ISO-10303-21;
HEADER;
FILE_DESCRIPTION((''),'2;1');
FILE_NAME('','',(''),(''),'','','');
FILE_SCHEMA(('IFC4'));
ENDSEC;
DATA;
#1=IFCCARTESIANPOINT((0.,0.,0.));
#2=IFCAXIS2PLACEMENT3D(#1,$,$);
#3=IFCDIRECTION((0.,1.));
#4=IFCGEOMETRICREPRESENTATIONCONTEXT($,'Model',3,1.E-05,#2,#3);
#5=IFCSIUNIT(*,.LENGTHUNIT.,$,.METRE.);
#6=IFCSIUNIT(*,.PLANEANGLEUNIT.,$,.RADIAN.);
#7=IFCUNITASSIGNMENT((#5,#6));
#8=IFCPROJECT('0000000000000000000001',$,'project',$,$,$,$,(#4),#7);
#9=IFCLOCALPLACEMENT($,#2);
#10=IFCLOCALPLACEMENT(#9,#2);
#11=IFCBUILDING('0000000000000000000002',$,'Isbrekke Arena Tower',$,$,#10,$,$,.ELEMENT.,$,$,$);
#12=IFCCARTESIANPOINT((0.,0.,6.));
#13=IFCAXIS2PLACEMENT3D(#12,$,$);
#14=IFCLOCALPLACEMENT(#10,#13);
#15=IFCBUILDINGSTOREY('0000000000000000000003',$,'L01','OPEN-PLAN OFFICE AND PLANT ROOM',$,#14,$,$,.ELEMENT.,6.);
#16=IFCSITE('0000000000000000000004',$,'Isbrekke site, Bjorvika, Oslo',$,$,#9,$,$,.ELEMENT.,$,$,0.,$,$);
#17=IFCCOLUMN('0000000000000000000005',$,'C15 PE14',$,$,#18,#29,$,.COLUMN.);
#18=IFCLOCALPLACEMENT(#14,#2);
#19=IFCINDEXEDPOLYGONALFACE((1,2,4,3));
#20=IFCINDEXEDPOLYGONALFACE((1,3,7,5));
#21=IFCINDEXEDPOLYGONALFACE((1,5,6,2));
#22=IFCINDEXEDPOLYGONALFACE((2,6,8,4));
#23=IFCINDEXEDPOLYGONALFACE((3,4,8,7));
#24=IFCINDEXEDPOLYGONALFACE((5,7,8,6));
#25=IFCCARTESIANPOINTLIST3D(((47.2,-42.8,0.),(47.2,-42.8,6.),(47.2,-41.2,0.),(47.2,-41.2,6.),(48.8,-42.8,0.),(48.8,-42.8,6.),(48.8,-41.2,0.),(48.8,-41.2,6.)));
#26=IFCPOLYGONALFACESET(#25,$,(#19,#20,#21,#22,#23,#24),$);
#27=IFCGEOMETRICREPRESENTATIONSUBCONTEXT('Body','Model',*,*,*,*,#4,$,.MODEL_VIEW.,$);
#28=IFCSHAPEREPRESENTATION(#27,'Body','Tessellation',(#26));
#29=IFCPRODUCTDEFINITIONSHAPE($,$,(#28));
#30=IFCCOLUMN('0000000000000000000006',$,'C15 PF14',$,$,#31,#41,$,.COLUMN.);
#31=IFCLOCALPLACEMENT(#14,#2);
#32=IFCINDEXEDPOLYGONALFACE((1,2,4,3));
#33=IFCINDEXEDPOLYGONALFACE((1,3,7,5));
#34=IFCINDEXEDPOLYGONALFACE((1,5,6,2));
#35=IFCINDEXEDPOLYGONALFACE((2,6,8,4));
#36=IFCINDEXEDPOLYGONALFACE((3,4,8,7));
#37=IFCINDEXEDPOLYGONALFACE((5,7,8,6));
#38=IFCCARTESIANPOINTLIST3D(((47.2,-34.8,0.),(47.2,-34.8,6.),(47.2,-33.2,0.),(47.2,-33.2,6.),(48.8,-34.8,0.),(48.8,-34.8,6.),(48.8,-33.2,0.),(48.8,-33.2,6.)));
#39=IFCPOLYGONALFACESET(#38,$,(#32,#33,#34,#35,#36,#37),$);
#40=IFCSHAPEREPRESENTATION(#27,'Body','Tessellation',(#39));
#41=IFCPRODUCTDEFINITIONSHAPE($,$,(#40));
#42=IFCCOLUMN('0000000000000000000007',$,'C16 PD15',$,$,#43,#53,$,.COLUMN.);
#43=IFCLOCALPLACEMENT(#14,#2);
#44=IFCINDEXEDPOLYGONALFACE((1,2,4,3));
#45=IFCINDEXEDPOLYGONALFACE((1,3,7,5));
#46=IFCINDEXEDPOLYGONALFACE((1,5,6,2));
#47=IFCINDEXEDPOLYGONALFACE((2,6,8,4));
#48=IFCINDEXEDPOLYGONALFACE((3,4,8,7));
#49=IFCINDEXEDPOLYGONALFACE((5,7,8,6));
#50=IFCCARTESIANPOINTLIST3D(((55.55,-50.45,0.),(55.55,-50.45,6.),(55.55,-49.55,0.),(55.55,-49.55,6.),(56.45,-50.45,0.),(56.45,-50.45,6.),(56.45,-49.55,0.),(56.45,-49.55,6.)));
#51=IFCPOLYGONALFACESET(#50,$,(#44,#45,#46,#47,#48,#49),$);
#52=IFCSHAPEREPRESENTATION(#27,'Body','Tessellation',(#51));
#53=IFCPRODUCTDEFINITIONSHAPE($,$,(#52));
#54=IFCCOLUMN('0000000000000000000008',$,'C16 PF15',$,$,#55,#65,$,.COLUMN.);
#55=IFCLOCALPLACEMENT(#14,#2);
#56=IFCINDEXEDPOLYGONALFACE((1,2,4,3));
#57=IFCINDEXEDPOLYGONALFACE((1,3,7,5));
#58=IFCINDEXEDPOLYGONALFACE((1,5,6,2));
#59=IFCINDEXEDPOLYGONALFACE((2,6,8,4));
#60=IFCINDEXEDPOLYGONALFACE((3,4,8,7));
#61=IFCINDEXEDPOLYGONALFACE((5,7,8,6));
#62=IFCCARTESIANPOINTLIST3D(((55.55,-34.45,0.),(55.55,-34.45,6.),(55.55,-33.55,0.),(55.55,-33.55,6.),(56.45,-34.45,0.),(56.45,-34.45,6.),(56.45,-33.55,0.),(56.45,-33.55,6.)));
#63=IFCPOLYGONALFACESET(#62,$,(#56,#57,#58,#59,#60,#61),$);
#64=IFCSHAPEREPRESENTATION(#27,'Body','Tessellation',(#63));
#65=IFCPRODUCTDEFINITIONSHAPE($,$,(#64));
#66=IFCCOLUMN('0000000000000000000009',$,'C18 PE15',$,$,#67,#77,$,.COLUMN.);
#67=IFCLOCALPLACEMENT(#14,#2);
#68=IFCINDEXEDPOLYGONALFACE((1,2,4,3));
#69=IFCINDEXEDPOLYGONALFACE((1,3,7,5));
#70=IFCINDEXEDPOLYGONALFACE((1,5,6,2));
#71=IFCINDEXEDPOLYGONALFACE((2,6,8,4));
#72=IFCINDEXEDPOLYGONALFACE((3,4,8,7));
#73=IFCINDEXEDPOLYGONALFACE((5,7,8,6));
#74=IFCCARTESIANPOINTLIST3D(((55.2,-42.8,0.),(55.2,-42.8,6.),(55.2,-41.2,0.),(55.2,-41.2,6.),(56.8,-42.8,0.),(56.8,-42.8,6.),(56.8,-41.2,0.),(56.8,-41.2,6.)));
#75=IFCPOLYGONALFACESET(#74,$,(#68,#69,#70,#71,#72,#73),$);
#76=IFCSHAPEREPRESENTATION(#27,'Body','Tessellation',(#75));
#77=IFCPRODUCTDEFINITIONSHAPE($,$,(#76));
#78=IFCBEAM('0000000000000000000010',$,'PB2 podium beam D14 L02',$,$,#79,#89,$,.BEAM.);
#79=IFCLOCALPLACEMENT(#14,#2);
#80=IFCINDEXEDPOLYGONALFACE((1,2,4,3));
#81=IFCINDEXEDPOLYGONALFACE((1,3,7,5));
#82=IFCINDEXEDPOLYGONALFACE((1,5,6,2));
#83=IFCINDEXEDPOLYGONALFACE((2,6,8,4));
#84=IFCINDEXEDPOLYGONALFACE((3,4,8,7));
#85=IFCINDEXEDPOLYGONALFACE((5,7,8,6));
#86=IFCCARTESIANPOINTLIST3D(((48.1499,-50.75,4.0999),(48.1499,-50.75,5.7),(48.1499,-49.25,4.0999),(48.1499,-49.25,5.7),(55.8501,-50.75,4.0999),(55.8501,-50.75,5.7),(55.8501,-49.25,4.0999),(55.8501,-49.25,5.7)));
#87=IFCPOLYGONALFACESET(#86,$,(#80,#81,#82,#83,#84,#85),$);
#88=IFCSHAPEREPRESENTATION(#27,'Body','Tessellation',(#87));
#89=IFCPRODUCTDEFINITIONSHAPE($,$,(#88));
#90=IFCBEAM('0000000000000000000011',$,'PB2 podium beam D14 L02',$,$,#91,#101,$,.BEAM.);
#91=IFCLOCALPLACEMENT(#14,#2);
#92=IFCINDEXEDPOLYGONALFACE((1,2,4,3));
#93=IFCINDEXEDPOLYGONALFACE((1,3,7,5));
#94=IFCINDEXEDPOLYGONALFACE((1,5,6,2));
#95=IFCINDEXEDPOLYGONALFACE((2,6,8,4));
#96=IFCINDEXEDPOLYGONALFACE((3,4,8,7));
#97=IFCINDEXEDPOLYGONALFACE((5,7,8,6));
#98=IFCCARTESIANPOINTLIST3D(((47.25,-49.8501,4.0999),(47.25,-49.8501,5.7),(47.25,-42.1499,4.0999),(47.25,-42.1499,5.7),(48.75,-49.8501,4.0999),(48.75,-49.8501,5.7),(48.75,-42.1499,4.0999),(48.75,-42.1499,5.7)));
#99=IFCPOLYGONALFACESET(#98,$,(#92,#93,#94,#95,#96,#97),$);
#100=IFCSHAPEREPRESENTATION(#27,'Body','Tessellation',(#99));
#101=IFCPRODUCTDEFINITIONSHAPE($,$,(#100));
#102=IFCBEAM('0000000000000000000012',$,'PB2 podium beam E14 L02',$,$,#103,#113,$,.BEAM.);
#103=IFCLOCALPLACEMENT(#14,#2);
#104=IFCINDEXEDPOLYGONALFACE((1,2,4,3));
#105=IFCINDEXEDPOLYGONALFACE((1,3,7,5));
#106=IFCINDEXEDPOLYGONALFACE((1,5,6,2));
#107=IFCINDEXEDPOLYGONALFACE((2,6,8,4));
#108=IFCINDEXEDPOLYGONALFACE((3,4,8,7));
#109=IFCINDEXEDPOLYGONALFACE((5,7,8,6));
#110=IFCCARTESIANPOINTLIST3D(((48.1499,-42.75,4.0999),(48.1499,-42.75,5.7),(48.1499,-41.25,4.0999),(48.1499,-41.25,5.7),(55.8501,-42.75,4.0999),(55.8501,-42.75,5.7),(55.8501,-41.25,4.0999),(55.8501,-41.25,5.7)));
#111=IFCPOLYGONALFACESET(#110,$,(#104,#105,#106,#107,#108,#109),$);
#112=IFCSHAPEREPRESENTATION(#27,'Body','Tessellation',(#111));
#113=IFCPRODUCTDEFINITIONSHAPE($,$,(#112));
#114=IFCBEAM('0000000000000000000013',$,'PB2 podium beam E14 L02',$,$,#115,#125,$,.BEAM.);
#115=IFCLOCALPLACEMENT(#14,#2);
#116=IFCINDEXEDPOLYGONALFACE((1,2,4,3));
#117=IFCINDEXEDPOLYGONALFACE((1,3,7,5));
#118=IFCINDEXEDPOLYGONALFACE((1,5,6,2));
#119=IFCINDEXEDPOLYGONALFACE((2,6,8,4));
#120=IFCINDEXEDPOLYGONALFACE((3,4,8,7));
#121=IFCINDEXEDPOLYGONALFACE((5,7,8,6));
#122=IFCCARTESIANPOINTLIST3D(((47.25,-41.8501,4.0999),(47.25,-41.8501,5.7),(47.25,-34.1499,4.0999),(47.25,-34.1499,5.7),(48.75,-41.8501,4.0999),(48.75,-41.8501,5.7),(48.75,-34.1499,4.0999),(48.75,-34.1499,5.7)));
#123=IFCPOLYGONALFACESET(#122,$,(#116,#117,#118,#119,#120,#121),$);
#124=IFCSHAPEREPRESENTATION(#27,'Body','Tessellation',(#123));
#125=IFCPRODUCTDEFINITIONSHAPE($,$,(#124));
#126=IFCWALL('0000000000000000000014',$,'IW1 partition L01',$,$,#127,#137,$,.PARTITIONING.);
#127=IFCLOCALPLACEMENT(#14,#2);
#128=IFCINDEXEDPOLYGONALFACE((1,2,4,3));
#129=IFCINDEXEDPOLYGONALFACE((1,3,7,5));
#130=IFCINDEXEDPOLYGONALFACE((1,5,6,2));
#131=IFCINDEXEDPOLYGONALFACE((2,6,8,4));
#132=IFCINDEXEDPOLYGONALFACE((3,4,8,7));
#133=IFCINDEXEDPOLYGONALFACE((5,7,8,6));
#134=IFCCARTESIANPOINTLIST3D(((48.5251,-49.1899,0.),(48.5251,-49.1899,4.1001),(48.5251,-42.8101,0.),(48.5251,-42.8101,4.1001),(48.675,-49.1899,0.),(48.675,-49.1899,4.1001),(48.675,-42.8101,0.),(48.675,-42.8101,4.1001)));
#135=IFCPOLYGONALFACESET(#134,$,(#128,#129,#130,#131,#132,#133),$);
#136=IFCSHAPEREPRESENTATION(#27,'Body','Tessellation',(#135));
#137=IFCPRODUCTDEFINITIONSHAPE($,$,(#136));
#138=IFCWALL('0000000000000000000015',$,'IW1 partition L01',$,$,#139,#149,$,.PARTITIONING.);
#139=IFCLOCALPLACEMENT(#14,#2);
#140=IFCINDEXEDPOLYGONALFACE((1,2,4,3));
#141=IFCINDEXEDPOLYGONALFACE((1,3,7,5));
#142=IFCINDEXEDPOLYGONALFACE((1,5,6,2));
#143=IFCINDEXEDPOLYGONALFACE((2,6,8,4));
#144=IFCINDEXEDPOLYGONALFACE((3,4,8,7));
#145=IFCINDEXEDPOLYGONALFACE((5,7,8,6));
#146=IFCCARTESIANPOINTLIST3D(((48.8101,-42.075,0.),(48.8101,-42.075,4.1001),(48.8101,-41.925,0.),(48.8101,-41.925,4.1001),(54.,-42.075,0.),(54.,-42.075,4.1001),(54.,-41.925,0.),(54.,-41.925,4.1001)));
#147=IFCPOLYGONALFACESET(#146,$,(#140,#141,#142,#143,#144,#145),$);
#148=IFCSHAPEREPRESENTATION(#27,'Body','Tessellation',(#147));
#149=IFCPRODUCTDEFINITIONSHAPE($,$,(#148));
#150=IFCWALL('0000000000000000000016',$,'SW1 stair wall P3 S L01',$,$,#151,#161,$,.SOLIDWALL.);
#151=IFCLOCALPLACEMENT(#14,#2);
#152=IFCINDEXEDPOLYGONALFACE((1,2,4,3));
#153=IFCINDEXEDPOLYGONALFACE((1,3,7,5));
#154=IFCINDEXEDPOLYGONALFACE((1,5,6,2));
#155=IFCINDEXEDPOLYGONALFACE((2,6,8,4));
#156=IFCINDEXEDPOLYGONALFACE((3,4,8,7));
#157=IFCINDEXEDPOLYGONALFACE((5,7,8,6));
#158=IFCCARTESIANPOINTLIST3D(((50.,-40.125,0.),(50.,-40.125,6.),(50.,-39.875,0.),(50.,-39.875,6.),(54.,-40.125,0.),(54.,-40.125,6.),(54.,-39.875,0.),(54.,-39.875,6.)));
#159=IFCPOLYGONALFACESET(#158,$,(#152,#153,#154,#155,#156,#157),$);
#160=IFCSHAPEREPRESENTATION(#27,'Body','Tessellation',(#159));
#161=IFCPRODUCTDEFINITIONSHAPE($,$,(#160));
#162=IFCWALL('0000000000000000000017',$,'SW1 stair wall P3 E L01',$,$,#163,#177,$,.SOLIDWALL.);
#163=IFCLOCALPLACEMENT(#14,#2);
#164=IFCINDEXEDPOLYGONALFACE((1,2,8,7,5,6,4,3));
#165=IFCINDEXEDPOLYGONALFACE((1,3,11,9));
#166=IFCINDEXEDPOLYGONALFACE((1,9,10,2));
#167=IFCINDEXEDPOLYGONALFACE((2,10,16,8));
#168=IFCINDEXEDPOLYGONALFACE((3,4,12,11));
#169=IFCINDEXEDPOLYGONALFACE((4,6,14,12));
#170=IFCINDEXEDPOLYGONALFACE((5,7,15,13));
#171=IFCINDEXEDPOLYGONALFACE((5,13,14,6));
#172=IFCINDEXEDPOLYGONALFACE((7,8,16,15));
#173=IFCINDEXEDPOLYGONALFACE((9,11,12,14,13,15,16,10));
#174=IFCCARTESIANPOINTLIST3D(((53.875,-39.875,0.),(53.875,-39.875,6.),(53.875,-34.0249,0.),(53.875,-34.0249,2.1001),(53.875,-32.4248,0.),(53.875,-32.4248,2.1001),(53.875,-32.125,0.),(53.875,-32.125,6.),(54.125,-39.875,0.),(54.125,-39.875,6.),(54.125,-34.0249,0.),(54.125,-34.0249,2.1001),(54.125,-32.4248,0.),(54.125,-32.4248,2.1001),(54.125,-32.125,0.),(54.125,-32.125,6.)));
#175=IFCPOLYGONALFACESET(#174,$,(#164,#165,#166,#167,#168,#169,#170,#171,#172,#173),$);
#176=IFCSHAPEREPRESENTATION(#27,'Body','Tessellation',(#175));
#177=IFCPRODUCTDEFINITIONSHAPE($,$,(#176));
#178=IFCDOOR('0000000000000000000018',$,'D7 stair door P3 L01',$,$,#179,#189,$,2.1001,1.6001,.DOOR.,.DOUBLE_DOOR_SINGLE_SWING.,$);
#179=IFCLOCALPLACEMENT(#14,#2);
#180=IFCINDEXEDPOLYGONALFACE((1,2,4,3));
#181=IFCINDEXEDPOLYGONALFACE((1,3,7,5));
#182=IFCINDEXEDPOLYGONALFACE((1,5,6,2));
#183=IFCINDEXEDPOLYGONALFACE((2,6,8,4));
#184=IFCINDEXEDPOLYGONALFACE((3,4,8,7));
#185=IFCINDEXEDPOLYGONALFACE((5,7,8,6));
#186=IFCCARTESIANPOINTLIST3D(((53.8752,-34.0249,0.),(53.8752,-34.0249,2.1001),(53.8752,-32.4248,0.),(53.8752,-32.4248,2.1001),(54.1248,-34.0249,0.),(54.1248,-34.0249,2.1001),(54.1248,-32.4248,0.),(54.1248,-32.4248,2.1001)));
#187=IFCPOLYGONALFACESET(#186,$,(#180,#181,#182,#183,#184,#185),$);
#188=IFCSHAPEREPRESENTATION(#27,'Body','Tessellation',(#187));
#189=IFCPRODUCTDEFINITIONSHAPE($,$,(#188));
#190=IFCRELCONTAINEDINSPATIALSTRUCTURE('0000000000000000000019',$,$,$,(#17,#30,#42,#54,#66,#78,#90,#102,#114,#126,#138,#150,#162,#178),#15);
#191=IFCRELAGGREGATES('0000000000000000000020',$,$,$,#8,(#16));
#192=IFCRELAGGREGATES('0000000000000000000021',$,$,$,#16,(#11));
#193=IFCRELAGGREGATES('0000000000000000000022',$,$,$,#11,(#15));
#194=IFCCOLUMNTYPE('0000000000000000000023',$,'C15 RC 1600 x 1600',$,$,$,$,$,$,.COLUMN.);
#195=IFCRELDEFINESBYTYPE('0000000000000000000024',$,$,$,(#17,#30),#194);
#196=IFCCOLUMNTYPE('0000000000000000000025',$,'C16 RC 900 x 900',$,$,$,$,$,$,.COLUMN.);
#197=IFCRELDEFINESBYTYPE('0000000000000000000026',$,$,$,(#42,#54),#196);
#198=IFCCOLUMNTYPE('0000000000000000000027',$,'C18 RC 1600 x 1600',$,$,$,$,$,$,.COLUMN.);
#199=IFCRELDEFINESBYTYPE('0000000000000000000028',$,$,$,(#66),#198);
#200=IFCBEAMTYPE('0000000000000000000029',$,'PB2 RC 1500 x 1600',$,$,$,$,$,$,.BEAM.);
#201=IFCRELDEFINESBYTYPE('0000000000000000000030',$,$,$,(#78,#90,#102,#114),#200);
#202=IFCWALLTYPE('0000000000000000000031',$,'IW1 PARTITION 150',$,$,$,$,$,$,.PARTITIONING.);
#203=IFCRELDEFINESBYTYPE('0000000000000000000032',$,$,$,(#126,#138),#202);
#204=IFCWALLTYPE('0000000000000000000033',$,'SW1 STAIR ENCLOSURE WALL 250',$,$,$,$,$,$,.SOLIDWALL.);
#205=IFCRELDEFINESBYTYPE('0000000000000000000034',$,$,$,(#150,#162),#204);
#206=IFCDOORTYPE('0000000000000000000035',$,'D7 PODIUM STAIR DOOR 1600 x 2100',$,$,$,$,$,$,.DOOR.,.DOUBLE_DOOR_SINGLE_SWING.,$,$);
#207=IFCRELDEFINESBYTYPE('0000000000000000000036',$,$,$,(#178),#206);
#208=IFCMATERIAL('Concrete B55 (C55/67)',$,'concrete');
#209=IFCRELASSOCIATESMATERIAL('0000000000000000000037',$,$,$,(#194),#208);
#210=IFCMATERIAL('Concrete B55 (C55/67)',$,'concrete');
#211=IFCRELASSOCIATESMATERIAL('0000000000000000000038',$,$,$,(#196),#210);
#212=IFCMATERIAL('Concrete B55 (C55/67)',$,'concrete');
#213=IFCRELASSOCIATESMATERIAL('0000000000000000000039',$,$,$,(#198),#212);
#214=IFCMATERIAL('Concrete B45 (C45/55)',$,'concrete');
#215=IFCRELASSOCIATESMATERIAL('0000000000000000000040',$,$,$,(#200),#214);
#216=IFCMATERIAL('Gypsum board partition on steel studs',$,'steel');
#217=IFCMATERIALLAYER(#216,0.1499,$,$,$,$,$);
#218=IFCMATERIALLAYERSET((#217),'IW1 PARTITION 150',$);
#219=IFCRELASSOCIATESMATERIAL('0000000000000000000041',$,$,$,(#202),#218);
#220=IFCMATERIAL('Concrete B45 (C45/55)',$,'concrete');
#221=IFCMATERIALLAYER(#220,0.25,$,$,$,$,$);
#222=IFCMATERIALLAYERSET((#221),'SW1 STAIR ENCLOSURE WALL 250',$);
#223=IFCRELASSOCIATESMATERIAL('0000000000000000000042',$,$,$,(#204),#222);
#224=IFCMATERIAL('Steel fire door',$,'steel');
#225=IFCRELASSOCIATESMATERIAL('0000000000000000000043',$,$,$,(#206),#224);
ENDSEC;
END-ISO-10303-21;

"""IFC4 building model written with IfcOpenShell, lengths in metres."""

from ifc_helpers import new_model, si_unit, direction, frame, frame_2d, origin, origin_2d, place, context, subcontext, project, spatial, rectangle, extrude, material, layer, layer_set, material_profile, profile_set, type_object, element, fill, save


model = new_model("IFC4")

# Units and contexts
model_context = context("Model", 3, precision=1e-05, world=origin(), true_north=direction((0.0, 1.0)))
body_context = subcontext(model_context, "Body", "Model", "MODEL_VIEW")
ifc_project = project(units=[si_unit("LENGTHUNIT", "METRE"), si_unit("PLANEANGLEUNIT", "RADIAN")], contexts=[model_context])

# Site, building, storey
site_placement = place(None, origin())
site = spatial("IfcSite", under=ifc_project, at=site_placement, Name="Isbrekke site, Bjorvika, Oslo", CompositionType="ELEMENT", RefElevation=0.0)
building_placement = place(site_placement, origin())
building = spatial("IfcBuilding", under=site, at=building_placement, Name="Isbrekke Arena Tower", CompositionType="ELEMENT")
storey_placement = place(building_placement, frame((0.0, 0.0, 6.0)))
storey = spatial("IfcBuildingStorey", under=building, at=storey_placement, Name="L01", Description="OPEN-PLAN OFFICE AND PLANT ROOM", CompositionType="ELEMENT", Elevation=6.0)

# Columns
ifc_material_1 = material(Name="Concrete B55 (C55/67)", Category="concrete")
ifc_material_profile_1 = material_profile(ifc_material_1, rectangle(XDim=1.6001, YDim=1.6001, at=origin_2d()), Name="RC 1600x1600")
ifc_profile_set_1 = profile_set([ifc_material_profile_1], Name="Concrete B55 (C55/67)")
column_type_1 = type_object("IfcColumnType", Name="C15 RC 1600 x 1600", PredefinedType="COLUMN", material=ifc_profile_set_1)
for number, where, z_axis, x_axis, name in (
    (1, (48.0, -42.0, 0.0), (0.0, 0.0, 1.0), (1.0, 0.0, 0.0), "C15 PE14"),
    (2, (48.0, -34.0, 0.0), (0.0, 0.0, 1.0), (1.0, 0.0, 0.0), "C15 PF14"),
):
    element("IfcColumn", number, at=place(storey_placement, frame(where, z_axis=z_axis, x_axis=x_axis)), inside=storey, type_object=column_type_1, Name=name, PredefinedType="COLUMN", context=body_context, shape_type="SweptSolid", body=[
        extrude(rectangle(XDim=1.6001, YDim=1.6001, at=origin_2d()), origin(), (0.0, 0.0, 1.0), 6.0),
    ])
ifc_material_2 = material(Name="Concrete B55 (C55/67)", Category="concrete")
ifc_material_profile_2 = material_profile(ifc_material_2, rectangle(XDim=0.8999, YDim=0.8999, at=origin_2d()), Name="RC 900x900")
ifc_profile_set_2 = profile_set([ifc_material_profile_2], Name="Concrete B55 (C55/67)")
column_type_2 = type_object("IfcColumnType", Name="C16 RC 900 x 900", PredefinedType="COLUMN", material=ifc_profile_set_2)
for number, where, z_axis, x_axis, name in (
    (3, (56.0, -50.0, 0.0), (0.0, 0.0, 1.0), (1.0, 0.0, 0.0), "C16 PD15"),
    (4, (56.0, -34.0, 0.0), (0.0, 0.0, 1.0), (1.0, 0.0, 0.0), "C16 PF15"),
):
    element("IfcColumn", number, at=place(storey_placement, frame(where, z_axis=z_axis, x_axis=x_axis)), inside=storey, type_object=column_type_2, Name=name, PredefinedType="COLUMN", context=body_context, shape_type="SweptSolid", body=[
        extrude(rectangle(XDim=0.8999, YDim=0.8999, at=origin_2d()), origin(), (0.0, 0.0, 1.0), 6.0),
    ])
ifc_material_3 = material(Name="Concrete B55 (C55/67)", Category="concrete")
ifc_material_profile_3 = material_profile(ifc_material_3, rectangle(XDim=1.6001, YDim=1.6001, at=origin_2d()), Name="RC 1600x1600")
ifc_profile_set_3 = profile_set([ifc_material_profile_3], Name="Concrete B55 (C55/67)")
column_type_3 = type_object("IfcColumnType", Name="C18 RC 1600 x 1600", PredefinedType="COLUMN", material=ifc_profile_set_3)
column_placement = place(storey_placement, frame((56.0, -42.0, 0.0), z_axis=(0.0, 0.0, 1.0), x_axis=(1.0, 0.0, 0.0)))
element("IfcColumn", 5, at=column_placement, inside=storey, type_object=column_type_3, Name="C18 PE15", PredefinedType="COLUMN", context=body_context, shape_type="SweptSolid", body=[
    extrude(rectangle(XDim=1.6001, YDim=1.6001, at=origin_2d()), origin(), (0.0, 0.0, 1.0), 6.0),
])

# Beams
ifc_material_4 = material(Name="Concrete B45 (C45/55)", Category="concrete")
ifc_material_profile_4 = material_profile(ifc_material_4, rectangle(XDim=1.5, YDim=1.6001, at=origin_2d()), Name="RC 1500x1600")
ifc_profile_set_4 = profile_set([ifc_material_profile_4], Name="Concrete B45 (C45/55)")
beam_type = type_object("IfcBeamType", Name="PB2 RC 1500 x 1600", PredefinedType="BEAM", material=ifc_profile_set_4)
for number, where, z_axis, x_axis, name in (
    (6, (48.1499, -50.0, 4.8999), (1.0, 0.0, 0.0), (0.0, 1.0, 0.0), "PB2 podium beam D14 L02"),
    (7, (48.0, -49.8501, 4.8999), (0.0, 1.0, 0.0), (-1.0, 0.0, 0.0), "PB2 podium beam D14 L02"),
    (8, (48.1499, -42.0, 4.8999), (1.0, 0.0, 0.0), (0.0, 1.0, 0.0), "PB2 podium beam E14 L02"),
    (9, (48.0, -41.8501, 4.8999), (0.0, 1.0, 0.0), (-1.0, 0.0, 0.0), "PB2 podium beam E14 L02"),
):
    element("IfcBeam", number, at=place(storey_placement, frame(where, z_axis=z_axis, x_axis=x_axis)), inside=storey, type_object=beam_type, Name=name, PredefinedType="BEAM", context=body_context, shape_type="SweptSolid", body=[
        extrude(rectangle(XDim=1.5, YDim=1.6001, at=origin_2d()), origin(), (0.0, 0.0, 1.0), 7.7002),
    ])

# Walls
ifc_material_5 = material(Name="Gypsum board partition on steel studs", Category="steel")
ifc_layer_1 = layer(ifc_material_5, 0.1499)
ifc_layer_set_1 = layer_set([ifc_layer_1], Name="IW1 PARTITION 150")
wall_type_1 = type_object("IfcWallType", Name="IW1 PARTITION 150", PredefinedType="PARTITIONING", material=ifc_layer_set_1)
wall_1_placement = place(storey_placement, frame((48.6001, -49.1899, 0.0), z_axis=(0.0, 0.0, 1.0), x_axis=(0.0, 1.0, 0.0)))
element("IfcWall", 10, at=wall_1_placement, inside=storey, type_object=wall_type_1, Name="IW1 partition L01", PredefinedType="PARTITIONING", context=body_context, shape_type="SweptSolid", body=[
    extrude(rectangle(XDim=6.3799, YDim=0.1499, at=frame_2d((3.1899, 0.0))), origin(), (0.0, 0.0, 1.0), 4.1001),
])
wall_2_placement = place(storey_placement, frame((48.8101, -42.0, 0.0), z_axis=(0.0, 0.0, 1.0), x_axis=(1.0, 0.0, 0.0)))
element("IfcWall", 11, at=wall_2_placement, inside=storey, type_object=wall_type_1, Name="IW1 partition L01", PredefinedType="PARTITIONING", context=body_context, shape_type="SweptSolid", body=[
    extrude(rectangle(XDim=5.1899, YDim=0.1499, at=frame_2d((2.595, 0.0))), origin(), (0.0, 0.0, 1.0), 4.1001),
])
ifc_material_6 = material(Name="Concrete B45 (C45/55)", Category="concrete")
ifc_layer_2 = layer(ifc_material_6, 0.25)
ifc_layer_set_2 = layer_set([ifc_layer_2], Name="SW1 STAIR ENCLOSURE WALL 250")
wall_type_2 = type_object("IfcWallType", Name="SW1 STAIR ENCLOSURE WALL 250", PredefinedType="SOLIDWALL", material=ifc_layer_set_2)
wall_3_placement = place(storey_placement, frame((50.0, -40.0, 0.0), z_axis=(0.0, 0.0, 1.0), x_axis=(1.0, 0.0, 0.0)))
element("IfcWall", 12, at=wall_3_placement, inside=storey, type_object=wall_type_2, Name="SW1 stair wall P3 S L01", PredefinedType="SOLIDWALL", context=body_context, shape_type="SweptSolid", body=[
    extrude(rectangle(XDim=4.0, YDim=0.25, at=frame_2d((2.0, 0.0))), origin(), (0.0, 0.0, 1.0), 6.0),
])

# Wall, opening, door
wall_4_placement = place(storey_placement, frame((54.0, -39.875, 0.0), z_axis=(0.0, 0.0, 1.0), x_axis=(0.0, 1.0, 0.0)))
wall_4 = element("IfcWall", 13, at=wall_4_placement, inside=storey, type_object=wall_type_2, Name="SW1 stair wall P3 E L01", PredefinedType="SOLIDWALL", context=body_context, shape_type="SweptSolid", body=[
    extrude(rectangle(XDim=7.75, YDim=0.25, at=frame_2d((3.875, 0.0))), origin(), (0.0, 0.0, 1.0), 6.0),
])
opening_placement = place(wall_4_placement, frame((5.8501, 0.0, 0.0)))
opening = element("IfcOpeningElement", 14, at=opening_placement, cuts=wall_4, PredefinedType="OPENING", context=body_context, shape_type="SweptSolid", body=[
    extrude(rectangle(XDim=1.6001, YDim=2.1001, at=frame_2d((0.8, 1.05))), frame((0.0, 0.1399, 0.0), z_axis=(0.0, -1.0, 0.0), x_axis=(1.0, 0.0, 0.0)), (0.0, 0.0, 1.0), 0.2798),
])
ifc_material_7 = material(Name="Steel fire door", Category="steel")
door_type = type_object("IfcDoorType", Name="D7 PODIUM STAIR DOOR 1600 x 2100", OperationType="DOUBLE_DOOR_SINGLE_SWING", PredefinedType="DOOR", material=ifc_material_7)
door_placement = place(opening_placement, origin())
door = element("IfcDoor", 15, at=door_placement, inside=storey, type_object=door_type, Name="D7 stair door P3 L01", OperationType="DOUBLE_DOOR_SINGLE_SWING", OverallHeight=2.1001, OverallWidth=1.6001, PredefinedType="DOOR", context=body_context, shape_type="SweptSolid", body=[
    extrude(rectangle(XDim=1.6001, YDim=2.1001, at=frame_2d((0.8, 1.05))), frame((0.0, 0.1248, 0.0), z_axis=(0.0, -1.0, 0.0), x_axis=(1.0, 0.0, 0.0)), (0.0, 0.0, 1.0), 0.2495),
])
fill(opening, door)

save(model, "model.ifc")
